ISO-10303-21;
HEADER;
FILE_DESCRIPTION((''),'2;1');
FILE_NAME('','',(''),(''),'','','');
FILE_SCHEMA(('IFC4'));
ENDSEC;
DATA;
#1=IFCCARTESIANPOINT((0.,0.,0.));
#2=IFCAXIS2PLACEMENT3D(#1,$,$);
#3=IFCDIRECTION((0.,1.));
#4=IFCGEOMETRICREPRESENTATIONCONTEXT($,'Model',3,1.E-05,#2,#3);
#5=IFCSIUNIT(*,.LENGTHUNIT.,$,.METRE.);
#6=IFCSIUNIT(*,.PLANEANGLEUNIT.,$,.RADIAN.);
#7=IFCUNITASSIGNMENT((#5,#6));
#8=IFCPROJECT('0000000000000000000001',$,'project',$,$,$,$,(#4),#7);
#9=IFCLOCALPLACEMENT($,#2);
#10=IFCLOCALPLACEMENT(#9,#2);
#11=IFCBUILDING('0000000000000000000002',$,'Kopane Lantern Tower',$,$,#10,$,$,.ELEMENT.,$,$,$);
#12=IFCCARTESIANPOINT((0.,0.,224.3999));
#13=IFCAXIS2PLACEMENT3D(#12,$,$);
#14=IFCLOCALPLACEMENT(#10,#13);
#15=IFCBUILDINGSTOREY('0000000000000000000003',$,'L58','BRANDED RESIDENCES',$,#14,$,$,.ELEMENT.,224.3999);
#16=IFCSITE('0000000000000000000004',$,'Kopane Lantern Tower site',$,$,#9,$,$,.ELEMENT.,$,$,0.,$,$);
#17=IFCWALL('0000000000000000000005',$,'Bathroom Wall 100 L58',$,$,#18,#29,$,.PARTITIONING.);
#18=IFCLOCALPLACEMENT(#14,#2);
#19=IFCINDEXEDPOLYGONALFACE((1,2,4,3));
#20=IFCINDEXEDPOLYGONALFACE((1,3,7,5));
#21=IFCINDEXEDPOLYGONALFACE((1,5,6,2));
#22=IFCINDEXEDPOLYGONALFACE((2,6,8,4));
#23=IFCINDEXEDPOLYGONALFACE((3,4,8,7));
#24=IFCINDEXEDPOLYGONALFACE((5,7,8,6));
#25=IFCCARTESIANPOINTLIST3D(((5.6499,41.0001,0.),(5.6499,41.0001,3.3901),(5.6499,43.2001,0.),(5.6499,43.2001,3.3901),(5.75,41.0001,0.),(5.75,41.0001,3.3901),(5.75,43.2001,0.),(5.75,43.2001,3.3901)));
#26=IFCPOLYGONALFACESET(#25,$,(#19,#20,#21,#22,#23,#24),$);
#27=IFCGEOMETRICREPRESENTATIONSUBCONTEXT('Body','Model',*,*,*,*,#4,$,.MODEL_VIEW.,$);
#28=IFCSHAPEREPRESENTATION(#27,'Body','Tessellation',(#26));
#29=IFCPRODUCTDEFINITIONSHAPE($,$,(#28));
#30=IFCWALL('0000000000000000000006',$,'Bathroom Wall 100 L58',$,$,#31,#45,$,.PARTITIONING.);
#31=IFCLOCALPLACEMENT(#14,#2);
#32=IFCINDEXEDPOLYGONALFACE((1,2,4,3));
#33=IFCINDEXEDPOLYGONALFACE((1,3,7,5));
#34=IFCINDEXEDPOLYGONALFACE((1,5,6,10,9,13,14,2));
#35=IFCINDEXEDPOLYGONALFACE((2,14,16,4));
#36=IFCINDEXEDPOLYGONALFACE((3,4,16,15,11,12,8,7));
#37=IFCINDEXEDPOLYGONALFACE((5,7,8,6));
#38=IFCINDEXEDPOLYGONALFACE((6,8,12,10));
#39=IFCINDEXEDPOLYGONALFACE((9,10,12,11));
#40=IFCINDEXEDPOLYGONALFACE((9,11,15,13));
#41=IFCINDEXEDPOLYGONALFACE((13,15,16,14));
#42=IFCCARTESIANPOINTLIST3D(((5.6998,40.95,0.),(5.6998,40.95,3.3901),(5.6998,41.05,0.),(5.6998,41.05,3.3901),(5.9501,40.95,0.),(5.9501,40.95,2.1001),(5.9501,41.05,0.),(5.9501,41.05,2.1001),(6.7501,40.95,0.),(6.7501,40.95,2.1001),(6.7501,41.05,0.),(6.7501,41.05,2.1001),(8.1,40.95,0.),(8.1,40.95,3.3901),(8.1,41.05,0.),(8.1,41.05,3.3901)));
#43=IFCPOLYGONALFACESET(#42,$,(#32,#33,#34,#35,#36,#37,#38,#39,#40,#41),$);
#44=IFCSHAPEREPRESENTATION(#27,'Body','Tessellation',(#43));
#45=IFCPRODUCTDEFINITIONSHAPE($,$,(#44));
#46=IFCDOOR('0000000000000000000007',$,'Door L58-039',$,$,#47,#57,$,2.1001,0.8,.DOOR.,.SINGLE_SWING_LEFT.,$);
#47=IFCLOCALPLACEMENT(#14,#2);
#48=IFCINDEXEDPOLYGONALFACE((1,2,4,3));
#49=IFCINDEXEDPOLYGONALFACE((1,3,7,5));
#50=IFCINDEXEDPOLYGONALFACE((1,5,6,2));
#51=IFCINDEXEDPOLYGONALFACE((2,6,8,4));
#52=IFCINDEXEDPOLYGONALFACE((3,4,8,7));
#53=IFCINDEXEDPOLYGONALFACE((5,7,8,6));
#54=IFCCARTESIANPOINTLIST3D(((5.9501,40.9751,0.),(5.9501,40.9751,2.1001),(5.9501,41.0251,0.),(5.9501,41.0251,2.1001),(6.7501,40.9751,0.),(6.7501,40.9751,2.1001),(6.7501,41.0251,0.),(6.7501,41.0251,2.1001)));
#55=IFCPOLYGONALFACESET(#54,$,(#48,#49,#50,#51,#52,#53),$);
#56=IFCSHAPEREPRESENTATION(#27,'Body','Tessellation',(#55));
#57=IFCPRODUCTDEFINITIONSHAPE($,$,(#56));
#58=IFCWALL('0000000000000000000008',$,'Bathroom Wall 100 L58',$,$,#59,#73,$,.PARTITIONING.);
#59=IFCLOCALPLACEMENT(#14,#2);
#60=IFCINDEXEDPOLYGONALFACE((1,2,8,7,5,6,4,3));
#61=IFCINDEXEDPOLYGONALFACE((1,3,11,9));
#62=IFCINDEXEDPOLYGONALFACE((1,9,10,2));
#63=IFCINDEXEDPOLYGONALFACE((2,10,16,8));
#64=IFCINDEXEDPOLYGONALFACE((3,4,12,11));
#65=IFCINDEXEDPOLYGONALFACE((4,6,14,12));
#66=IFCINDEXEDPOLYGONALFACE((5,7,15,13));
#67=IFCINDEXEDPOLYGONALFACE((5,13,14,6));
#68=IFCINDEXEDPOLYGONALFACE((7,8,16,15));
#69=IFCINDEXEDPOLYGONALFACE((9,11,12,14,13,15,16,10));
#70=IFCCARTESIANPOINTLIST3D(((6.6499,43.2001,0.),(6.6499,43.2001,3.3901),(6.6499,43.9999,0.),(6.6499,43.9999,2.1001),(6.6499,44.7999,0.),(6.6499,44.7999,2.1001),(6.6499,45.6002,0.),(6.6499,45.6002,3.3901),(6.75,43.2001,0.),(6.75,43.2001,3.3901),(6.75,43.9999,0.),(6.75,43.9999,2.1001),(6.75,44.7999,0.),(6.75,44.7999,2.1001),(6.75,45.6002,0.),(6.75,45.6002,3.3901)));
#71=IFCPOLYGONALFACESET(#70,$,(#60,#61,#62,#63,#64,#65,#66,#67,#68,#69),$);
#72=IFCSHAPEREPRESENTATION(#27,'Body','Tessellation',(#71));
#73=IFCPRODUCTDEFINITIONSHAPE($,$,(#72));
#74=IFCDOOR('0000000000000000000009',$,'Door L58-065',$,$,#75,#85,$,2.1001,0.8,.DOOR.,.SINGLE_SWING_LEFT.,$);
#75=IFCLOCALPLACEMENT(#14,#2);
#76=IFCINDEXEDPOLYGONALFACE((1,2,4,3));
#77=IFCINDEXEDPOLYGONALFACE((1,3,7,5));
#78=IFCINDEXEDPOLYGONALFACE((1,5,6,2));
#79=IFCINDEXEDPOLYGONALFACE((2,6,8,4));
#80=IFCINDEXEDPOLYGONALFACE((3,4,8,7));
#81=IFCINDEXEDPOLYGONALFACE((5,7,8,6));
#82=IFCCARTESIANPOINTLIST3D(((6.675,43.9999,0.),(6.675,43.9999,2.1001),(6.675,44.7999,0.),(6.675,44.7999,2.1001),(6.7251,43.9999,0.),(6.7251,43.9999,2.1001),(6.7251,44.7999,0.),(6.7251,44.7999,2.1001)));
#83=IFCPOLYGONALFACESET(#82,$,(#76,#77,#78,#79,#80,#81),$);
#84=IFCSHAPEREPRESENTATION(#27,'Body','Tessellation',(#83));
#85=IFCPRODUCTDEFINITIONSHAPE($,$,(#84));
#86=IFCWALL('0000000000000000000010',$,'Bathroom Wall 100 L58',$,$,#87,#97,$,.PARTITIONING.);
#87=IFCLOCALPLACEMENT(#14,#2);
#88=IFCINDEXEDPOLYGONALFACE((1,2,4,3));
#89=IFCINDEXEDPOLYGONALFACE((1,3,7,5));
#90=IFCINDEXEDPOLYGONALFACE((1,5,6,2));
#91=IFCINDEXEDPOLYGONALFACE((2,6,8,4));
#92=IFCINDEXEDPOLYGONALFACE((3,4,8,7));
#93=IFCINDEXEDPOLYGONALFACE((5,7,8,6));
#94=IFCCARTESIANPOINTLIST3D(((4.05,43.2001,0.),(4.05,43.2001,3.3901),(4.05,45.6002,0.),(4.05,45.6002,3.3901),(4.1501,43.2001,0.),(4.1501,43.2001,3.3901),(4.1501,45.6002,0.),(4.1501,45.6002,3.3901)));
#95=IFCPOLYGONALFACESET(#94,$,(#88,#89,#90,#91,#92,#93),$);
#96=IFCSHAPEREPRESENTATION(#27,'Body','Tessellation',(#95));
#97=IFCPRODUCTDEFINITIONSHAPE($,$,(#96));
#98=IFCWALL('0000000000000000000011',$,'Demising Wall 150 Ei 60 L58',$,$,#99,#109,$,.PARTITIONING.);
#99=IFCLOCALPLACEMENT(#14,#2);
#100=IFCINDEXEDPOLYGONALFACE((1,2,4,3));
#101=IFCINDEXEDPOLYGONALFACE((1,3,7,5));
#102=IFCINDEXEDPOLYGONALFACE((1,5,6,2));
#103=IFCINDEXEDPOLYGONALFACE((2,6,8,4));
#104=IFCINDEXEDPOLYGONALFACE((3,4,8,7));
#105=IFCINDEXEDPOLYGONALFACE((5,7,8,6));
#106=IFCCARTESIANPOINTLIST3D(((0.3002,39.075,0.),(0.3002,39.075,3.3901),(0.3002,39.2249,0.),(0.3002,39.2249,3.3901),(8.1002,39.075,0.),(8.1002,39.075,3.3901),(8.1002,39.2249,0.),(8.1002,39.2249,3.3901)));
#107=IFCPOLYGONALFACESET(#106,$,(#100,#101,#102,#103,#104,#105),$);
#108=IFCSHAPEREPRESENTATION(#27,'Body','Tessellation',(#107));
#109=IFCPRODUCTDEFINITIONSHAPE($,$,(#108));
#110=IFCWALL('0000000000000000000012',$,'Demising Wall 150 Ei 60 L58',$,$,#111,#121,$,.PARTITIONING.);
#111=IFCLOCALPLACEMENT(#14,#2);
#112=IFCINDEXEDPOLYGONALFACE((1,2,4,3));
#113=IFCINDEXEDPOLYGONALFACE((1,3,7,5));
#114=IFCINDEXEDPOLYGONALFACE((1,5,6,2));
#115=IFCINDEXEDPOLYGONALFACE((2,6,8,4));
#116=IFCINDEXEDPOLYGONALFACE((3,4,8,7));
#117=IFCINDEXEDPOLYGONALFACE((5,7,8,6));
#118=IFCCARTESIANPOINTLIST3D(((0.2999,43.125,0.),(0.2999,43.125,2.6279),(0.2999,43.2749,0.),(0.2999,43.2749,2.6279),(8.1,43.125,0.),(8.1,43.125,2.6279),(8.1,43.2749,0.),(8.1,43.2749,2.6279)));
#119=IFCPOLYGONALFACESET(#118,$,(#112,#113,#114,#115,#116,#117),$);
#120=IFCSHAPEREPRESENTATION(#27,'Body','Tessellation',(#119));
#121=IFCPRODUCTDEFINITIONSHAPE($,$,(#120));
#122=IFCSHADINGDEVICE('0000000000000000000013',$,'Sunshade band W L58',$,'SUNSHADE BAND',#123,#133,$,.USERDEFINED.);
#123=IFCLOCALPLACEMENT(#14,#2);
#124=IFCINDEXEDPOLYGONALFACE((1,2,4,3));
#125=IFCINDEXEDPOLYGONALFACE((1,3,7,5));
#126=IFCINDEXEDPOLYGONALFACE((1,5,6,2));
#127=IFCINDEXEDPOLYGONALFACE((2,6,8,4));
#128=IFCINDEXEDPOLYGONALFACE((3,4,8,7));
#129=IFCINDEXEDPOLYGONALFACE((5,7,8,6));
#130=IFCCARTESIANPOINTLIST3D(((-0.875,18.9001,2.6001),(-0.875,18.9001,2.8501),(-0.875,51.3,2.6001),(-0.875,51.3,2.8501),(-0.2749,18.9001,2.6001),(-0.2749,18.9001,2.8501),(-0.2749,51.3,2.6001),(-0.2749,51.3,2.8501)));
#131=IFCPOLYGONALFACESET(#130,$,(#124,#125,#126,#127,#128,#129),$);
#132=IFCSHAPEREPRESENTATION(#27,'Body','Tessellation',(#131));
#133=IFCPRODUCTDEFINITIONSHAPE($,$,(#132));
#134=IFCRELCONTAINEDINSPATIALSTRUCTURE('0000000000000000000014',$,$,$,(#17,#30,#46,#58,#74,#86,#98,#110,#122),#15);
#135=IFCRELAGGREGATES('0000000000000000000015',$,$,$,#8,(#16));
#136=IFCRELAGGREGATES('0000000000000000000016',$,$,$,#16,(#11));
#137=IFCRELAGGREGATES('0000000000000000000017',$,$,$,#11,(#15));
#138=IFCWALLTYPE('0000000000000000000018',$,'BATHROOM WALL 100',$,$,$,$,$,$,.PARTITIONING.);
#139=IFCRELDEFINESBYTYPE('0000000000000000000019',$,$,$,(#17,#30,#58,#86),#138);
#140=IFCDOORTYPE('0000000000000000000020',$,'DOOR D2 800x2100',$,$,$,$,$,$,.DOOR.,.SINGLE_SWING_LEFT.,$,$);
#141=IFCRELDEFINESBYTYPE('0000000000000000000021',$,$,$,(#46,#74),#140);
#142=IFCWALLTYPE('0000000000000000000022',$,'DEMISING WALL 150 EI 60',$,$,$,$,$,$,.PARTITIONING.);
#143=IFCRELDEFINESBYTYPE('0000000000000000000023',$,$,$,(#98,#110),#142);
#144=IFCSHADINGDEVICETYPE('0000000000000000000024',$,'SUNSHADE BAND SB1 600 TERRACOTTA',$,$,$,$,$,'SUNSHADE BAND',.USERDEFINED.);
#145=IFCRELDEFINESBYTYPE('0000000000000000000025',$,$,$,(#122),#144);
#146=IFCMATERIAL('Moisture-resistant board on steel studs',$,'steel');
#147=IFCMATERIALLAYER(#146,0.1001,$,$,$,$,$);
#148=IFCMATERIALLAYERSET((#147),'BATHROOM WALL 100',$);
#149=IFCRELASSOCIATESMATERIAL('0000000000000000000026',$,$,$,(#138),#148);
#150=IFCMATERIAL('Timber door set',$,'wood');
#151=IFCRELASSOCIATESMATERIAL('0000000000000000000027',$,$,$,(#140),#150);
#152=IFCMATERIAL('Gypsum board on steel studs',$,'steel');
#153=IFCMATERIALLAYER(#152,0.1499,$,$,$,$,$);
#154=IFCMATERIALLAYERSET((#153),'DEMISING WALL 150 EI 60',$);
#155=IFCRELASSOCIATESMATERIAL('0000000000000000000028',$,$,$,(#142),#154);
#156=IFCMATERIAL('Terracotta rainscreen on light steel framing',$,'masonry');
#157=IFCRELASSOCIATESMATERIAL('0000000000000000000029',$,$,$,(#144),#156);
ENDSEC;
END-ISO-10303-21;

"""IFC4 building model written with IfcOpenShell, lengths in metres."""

from ifc_helpers import new_model, si_unit, direction, frame, frame_2d, origin, origin_2d, place, context, subcontext, project, spatial, rectangle, extrude, material, layer, layer_set, type_object, element, fill, save


model = new_model("IFC4")

# Units and contexts
model_context = context("Model", 3, precision=1e-05, world=origin(), true_north=direction((0.0, 1.0)))
body_context = subcontext(model_context, "Body", "Model", "MODEL_VIEW")
ifc_project = project(units=[si_unit("LENGTHUNIT", "METRE"), si_unit("PLANEANGLEUNIT", "RADIAN")], contexts=[model_context])

# Site, building, storey
site_placement = place(None, origin())
site = spatial("IfcSite", under=ifc_project, at=site_placement, Name="Kopane Lantern Tower site", CompositionType="ELEMENT", RefElevation=0.0)
building_placement = place(site_placement, origin())
building = spatial("IfcBuilding", under=site, at=building_placement, Name="Kopane Lantern Tower", CompositionType="ELEMENT")
storey_placement = place(building_placement, frame((0.0, 0.0, 224.3999)))
storey = spatial("IfcBuildingStorey", under=building, at=storey_placement, Name="L58", Description="BRANDED RESIDENCES", CompositionType="ELEMENT", Elevation=224.3999)

# Shared definitions
ifc_material_1 = material(Name="Moisture-resistant board on steel studs", Category="steel")
ifc_layer_1 = layer(ifc_material_1, 0.1001)
ifc_layer_set_1 = layer_set([ifc_layer_1], Name="BATHROOM WALL 100")
wall_type_1 = type_object("IfcWallType", Name="BATHROOM WALL 100", PredefinedType="PARTITIONING", material=ifc_layer_set_1)
ifc_material_2 = material(Name="Timber door set", Category="wood")
door_type = type_object("IfcDoorType", Name="DOOR D2 800x2100", OperationType="SINGLE_SWING_LEFT", PredefinedType="DOOR", material=ifc_material_2)

# Wall
wall_1_placement = place(storey_placement, frame((5.7, 41.0, 0.0), z_axis=(0.0, 0.0, 1.0), x_axis=(0.0, 1.0, 0.0)))
element("IfcWall", 1, at=wall_1_placement, inside=storey, type_object=wall_type_1, Name="Bathroom Wall 100 L58", PredefinedType="PARTITIONING", context=body_context, shape_type="SweptSolid", body=[
    extrude(rectangle(XDim=2.2, YDim=0.1001, at=frame_2d((1.1001, 0.0))), origin(), (0.0, 0.0, 1.0), 3.3901),
])

# Walls, openings, doors
wall_2_placement = place(storey_placement, frame((8.1001, 41.0, 0.0), z_axis=(0.0, 0.0, 1.0), x_axis=(-1.0, 0.0, 0.0)))
wall_2 = element("IfcWall", 2, at=wall_2_placement, inside=storey, type_object=wall_type_1, Name="Bathroom Wall 100 L58", PredefinedType="PARTITIONING", context=body_context, shape_type="SweptSolid", body=[
    extrude(rectangle(XDim=2.4001, YDim=0.1001, at=frame_2d((1.2002, 0.0))), origin(), (0.0, 0.0, 1.0), 3.3901),
])
opening_1_placement = place(wall_2_placement, frame((1.3501, 0.0, 0.0)))
opening_1 = element("IfcOpeningElement", 3, at=opening_1_placement, cuts=wall_2, PredefinedType="OPENING", context=body_context, shape_type="SweptSolid", body=[
    extrude(rectangle(XDim=0.8, YDim=2.1001, at=frame_2d((0.3999, 1.05))), frame((0.0, 0.0601, 0.0), z_axis=(0.0, -1.0, 0.0), x_axis=(1.0, 0.0, 0.0)), (0.0, 0.0, 1.0), 0.1201),
])
door_1_placement = place(opening_1_placement, origin())
door_1 = element("IfcDoor", 4, at=door_1_placement, inside=storey, type_object=door_type, Name="Door L58-039", OperationType="SINGLE_SWING_LEFT", OverallHeight=2.1001, OverallWidth=0.8, PredefinedType="DOOR", context=body_context, shape_type="SweptSolid", body=[
    extrude(rectangle(XDim=0.8, YDim=2.1001, at=frame_2d((0.3999, 1.05))), frame((0.0, 0.0249, 0.0), z_axis=(0.0, -1.0, 0.0), x_axis=(1.0, 0.0, 0.0)), (0.0, 0.0, 1.0), 0.05),
])
fill(opening_1, door_1)
wall_3_placement = place(storey_placement, frame((6.7, 43.2, 0.0), z_axis=(0.0, 0.0, 1.0), x_axis=(0.0, 1.0, 0.0)))
wall_3 = element("IfcWall", 5, at=wall_3_placement, inside=storey, type_object=wall_type_1, Name="Bathroom Wall 100 L58", PredefinedType="PARTITIONING", context=body_context, shape_type="SweptSolid", body=[
    extrude(rectangle(XDim=2.4001, YDim=0.1001, at=frame_2d((1.2002, 0.0))), origin(), (0.0, 0.0, 1.0), 3.3901),
])
opening_2_placement = place(wall_3_placement, frame((0.8, 0.0, 0.0)))
opening_2 = element("IfcOpeningElement", 6, at=opening_2_placement, cuts=wall_3, PredefinedType="OPENING", context=body_context, shape_type="SweptSolid", body=[
    extrude(rectangle(XDim=0.8, YDim=2.1001, at=frame_2d((0.3999, 1.05))), frame((0.0, 0.0601, 0.0), z_axis=(0.0, -1.0, 0.0), x_axis=(1.0, 0.0, 0.0)), (0.0, 0.0, 1.0), 0.1201),
])
door_2_placement = place(opening_2_placement, origin())
door_2 = element("IfcDoor", 7, at=door_2_placement, inside=storey, type_object=door_type, Name="Door L58-065", OperationType="SINGLE_SWING_LEFT", OverallHeight=2.1001, OverallWidth=0.8, PredefinedType="DOOR", context=body_context, shape_type="SweptSolid", body=[
    extrude(rectangle(XDim=0.8, YDim=2.1001, at=frame_2d((0.3999, 1.05))), frame((0.0, 0.0249, 0.0), z_axis=(0.0, -1.0, 0.0), x_axis=(1.0, 0.0, 0.0)), (0.0, 0.0, 1.0), 0.05),
])
fill(opening_2, door_2)

# Walls
wall_4_placement = place(storey_placement, frame((4.1001, 43.2, 0.0), z_axis=(0.0, 0.0, 1.0), x_axis=(0.0, 1.0, 0.0)))
element("IfcWall", 8, at=wall_4_placement, inside=storey, type_object=wall_type_1, Name="Bathroom Wall 100 L58", PredefinedType="PARTITIONING", context=body_context, shape_type="SweptSolid", body=[
    extrude(rectangle(XDim=2.4001, YDim=0.1001, at=frame_2d((1.2002, 0.0))), origin(), (0.0, 0.0, 1.0), 3.3901),
])
ifc_material_3 = material(Name="Gypsum board on steel studs", Category="steel")
ifc_layer_2 = layer(ifc_material_3, 0.1499)
ifc_layer_set_2 = layer_set([ifc_layer_2], Name="DEMISING WALL 150 EI 60")
wall_type_2 = type_object("IfcWallType", Name="DEMISING WALL 150 EI 60", PredefinedType="PARTITIONING", material=ifc_layer_set_2)
wall_5_placement = place(storey_placement, frame((8.1001, 39.1499, 0.0), z_axis=(0.0, 0.0, 1.0), x_axis=(-1.0, 0.0, 0.0)))
element("IfcWall", 9, at=wall_5_placement, inside=storey, type_object=wall_type_2, Name="Demising Wall 150 Ei 60 L58", PredefinedType="PARTITIONING", context=body_context, shape_type="SweptSolid", body=[
    extrude(rectangle(XDim=7.8, YDim=0.1499, at=frame_2d((3.8999, 0.0))), origin(), (0.0, 0.0, 1.0), 3.3901),
])
wall_6_placement = place(storey_placement, frame((0.3, 43.2, 0.0), z_axis=(0.0, 0.0, 1.0), x_axis=(1.0, 0.0, 0.0)))
element("IfcWall", 10, at=wall_6_placement, inside=storey, type_object=wall_type_2, Name="Demising Wall 150 Ei 60 L58", PredefinedType="PARTITIONING", context=body_context, shape_type="SweptSolid", body=[
    extrude(rectangle(XDim=7.8, YDim=0.1499, at=frame_2d((3.8999, 0.0))), origin(), (0.0, 0.0, 1.0), 2.6279),
])

# Shading device
ifc_material_4 = material(Name="Terracotta rainscreen on light steel framing", Category="masonry")
shading_device_type = type_object("IfcShadingDeviceType", Name="SUNSHADE BAND SB1 600 TERRACOTTA", ElementType="SUNSHADE BAND", PredefinedType="USERDEFINED", material=ifc_material_4)
shading_device_placement = place(storey_placement, frame((-0.575, 35.1001, 2.6001), z_axis=(0.0, 0.0, 1.0), x_axis=(0.0, -1.0, 0.0)))
element("IfcShadingDevice", 11, at=shading_device_placement, inside=storey, type_object=shading_device_type, Name="Sunshade band W L58", ObjectType="SUNSHADE BAND", PredefinedType="USERDEFINED", context=body_context, shape_type="SweptSolid", body=[
    extrude(rectangle(XDim=32.3999, YDim=0.6001, at=origin_2d()), origin(), (0.0, 0.0, 1.0), 0.25),
])

save(model, "model.ifc")
